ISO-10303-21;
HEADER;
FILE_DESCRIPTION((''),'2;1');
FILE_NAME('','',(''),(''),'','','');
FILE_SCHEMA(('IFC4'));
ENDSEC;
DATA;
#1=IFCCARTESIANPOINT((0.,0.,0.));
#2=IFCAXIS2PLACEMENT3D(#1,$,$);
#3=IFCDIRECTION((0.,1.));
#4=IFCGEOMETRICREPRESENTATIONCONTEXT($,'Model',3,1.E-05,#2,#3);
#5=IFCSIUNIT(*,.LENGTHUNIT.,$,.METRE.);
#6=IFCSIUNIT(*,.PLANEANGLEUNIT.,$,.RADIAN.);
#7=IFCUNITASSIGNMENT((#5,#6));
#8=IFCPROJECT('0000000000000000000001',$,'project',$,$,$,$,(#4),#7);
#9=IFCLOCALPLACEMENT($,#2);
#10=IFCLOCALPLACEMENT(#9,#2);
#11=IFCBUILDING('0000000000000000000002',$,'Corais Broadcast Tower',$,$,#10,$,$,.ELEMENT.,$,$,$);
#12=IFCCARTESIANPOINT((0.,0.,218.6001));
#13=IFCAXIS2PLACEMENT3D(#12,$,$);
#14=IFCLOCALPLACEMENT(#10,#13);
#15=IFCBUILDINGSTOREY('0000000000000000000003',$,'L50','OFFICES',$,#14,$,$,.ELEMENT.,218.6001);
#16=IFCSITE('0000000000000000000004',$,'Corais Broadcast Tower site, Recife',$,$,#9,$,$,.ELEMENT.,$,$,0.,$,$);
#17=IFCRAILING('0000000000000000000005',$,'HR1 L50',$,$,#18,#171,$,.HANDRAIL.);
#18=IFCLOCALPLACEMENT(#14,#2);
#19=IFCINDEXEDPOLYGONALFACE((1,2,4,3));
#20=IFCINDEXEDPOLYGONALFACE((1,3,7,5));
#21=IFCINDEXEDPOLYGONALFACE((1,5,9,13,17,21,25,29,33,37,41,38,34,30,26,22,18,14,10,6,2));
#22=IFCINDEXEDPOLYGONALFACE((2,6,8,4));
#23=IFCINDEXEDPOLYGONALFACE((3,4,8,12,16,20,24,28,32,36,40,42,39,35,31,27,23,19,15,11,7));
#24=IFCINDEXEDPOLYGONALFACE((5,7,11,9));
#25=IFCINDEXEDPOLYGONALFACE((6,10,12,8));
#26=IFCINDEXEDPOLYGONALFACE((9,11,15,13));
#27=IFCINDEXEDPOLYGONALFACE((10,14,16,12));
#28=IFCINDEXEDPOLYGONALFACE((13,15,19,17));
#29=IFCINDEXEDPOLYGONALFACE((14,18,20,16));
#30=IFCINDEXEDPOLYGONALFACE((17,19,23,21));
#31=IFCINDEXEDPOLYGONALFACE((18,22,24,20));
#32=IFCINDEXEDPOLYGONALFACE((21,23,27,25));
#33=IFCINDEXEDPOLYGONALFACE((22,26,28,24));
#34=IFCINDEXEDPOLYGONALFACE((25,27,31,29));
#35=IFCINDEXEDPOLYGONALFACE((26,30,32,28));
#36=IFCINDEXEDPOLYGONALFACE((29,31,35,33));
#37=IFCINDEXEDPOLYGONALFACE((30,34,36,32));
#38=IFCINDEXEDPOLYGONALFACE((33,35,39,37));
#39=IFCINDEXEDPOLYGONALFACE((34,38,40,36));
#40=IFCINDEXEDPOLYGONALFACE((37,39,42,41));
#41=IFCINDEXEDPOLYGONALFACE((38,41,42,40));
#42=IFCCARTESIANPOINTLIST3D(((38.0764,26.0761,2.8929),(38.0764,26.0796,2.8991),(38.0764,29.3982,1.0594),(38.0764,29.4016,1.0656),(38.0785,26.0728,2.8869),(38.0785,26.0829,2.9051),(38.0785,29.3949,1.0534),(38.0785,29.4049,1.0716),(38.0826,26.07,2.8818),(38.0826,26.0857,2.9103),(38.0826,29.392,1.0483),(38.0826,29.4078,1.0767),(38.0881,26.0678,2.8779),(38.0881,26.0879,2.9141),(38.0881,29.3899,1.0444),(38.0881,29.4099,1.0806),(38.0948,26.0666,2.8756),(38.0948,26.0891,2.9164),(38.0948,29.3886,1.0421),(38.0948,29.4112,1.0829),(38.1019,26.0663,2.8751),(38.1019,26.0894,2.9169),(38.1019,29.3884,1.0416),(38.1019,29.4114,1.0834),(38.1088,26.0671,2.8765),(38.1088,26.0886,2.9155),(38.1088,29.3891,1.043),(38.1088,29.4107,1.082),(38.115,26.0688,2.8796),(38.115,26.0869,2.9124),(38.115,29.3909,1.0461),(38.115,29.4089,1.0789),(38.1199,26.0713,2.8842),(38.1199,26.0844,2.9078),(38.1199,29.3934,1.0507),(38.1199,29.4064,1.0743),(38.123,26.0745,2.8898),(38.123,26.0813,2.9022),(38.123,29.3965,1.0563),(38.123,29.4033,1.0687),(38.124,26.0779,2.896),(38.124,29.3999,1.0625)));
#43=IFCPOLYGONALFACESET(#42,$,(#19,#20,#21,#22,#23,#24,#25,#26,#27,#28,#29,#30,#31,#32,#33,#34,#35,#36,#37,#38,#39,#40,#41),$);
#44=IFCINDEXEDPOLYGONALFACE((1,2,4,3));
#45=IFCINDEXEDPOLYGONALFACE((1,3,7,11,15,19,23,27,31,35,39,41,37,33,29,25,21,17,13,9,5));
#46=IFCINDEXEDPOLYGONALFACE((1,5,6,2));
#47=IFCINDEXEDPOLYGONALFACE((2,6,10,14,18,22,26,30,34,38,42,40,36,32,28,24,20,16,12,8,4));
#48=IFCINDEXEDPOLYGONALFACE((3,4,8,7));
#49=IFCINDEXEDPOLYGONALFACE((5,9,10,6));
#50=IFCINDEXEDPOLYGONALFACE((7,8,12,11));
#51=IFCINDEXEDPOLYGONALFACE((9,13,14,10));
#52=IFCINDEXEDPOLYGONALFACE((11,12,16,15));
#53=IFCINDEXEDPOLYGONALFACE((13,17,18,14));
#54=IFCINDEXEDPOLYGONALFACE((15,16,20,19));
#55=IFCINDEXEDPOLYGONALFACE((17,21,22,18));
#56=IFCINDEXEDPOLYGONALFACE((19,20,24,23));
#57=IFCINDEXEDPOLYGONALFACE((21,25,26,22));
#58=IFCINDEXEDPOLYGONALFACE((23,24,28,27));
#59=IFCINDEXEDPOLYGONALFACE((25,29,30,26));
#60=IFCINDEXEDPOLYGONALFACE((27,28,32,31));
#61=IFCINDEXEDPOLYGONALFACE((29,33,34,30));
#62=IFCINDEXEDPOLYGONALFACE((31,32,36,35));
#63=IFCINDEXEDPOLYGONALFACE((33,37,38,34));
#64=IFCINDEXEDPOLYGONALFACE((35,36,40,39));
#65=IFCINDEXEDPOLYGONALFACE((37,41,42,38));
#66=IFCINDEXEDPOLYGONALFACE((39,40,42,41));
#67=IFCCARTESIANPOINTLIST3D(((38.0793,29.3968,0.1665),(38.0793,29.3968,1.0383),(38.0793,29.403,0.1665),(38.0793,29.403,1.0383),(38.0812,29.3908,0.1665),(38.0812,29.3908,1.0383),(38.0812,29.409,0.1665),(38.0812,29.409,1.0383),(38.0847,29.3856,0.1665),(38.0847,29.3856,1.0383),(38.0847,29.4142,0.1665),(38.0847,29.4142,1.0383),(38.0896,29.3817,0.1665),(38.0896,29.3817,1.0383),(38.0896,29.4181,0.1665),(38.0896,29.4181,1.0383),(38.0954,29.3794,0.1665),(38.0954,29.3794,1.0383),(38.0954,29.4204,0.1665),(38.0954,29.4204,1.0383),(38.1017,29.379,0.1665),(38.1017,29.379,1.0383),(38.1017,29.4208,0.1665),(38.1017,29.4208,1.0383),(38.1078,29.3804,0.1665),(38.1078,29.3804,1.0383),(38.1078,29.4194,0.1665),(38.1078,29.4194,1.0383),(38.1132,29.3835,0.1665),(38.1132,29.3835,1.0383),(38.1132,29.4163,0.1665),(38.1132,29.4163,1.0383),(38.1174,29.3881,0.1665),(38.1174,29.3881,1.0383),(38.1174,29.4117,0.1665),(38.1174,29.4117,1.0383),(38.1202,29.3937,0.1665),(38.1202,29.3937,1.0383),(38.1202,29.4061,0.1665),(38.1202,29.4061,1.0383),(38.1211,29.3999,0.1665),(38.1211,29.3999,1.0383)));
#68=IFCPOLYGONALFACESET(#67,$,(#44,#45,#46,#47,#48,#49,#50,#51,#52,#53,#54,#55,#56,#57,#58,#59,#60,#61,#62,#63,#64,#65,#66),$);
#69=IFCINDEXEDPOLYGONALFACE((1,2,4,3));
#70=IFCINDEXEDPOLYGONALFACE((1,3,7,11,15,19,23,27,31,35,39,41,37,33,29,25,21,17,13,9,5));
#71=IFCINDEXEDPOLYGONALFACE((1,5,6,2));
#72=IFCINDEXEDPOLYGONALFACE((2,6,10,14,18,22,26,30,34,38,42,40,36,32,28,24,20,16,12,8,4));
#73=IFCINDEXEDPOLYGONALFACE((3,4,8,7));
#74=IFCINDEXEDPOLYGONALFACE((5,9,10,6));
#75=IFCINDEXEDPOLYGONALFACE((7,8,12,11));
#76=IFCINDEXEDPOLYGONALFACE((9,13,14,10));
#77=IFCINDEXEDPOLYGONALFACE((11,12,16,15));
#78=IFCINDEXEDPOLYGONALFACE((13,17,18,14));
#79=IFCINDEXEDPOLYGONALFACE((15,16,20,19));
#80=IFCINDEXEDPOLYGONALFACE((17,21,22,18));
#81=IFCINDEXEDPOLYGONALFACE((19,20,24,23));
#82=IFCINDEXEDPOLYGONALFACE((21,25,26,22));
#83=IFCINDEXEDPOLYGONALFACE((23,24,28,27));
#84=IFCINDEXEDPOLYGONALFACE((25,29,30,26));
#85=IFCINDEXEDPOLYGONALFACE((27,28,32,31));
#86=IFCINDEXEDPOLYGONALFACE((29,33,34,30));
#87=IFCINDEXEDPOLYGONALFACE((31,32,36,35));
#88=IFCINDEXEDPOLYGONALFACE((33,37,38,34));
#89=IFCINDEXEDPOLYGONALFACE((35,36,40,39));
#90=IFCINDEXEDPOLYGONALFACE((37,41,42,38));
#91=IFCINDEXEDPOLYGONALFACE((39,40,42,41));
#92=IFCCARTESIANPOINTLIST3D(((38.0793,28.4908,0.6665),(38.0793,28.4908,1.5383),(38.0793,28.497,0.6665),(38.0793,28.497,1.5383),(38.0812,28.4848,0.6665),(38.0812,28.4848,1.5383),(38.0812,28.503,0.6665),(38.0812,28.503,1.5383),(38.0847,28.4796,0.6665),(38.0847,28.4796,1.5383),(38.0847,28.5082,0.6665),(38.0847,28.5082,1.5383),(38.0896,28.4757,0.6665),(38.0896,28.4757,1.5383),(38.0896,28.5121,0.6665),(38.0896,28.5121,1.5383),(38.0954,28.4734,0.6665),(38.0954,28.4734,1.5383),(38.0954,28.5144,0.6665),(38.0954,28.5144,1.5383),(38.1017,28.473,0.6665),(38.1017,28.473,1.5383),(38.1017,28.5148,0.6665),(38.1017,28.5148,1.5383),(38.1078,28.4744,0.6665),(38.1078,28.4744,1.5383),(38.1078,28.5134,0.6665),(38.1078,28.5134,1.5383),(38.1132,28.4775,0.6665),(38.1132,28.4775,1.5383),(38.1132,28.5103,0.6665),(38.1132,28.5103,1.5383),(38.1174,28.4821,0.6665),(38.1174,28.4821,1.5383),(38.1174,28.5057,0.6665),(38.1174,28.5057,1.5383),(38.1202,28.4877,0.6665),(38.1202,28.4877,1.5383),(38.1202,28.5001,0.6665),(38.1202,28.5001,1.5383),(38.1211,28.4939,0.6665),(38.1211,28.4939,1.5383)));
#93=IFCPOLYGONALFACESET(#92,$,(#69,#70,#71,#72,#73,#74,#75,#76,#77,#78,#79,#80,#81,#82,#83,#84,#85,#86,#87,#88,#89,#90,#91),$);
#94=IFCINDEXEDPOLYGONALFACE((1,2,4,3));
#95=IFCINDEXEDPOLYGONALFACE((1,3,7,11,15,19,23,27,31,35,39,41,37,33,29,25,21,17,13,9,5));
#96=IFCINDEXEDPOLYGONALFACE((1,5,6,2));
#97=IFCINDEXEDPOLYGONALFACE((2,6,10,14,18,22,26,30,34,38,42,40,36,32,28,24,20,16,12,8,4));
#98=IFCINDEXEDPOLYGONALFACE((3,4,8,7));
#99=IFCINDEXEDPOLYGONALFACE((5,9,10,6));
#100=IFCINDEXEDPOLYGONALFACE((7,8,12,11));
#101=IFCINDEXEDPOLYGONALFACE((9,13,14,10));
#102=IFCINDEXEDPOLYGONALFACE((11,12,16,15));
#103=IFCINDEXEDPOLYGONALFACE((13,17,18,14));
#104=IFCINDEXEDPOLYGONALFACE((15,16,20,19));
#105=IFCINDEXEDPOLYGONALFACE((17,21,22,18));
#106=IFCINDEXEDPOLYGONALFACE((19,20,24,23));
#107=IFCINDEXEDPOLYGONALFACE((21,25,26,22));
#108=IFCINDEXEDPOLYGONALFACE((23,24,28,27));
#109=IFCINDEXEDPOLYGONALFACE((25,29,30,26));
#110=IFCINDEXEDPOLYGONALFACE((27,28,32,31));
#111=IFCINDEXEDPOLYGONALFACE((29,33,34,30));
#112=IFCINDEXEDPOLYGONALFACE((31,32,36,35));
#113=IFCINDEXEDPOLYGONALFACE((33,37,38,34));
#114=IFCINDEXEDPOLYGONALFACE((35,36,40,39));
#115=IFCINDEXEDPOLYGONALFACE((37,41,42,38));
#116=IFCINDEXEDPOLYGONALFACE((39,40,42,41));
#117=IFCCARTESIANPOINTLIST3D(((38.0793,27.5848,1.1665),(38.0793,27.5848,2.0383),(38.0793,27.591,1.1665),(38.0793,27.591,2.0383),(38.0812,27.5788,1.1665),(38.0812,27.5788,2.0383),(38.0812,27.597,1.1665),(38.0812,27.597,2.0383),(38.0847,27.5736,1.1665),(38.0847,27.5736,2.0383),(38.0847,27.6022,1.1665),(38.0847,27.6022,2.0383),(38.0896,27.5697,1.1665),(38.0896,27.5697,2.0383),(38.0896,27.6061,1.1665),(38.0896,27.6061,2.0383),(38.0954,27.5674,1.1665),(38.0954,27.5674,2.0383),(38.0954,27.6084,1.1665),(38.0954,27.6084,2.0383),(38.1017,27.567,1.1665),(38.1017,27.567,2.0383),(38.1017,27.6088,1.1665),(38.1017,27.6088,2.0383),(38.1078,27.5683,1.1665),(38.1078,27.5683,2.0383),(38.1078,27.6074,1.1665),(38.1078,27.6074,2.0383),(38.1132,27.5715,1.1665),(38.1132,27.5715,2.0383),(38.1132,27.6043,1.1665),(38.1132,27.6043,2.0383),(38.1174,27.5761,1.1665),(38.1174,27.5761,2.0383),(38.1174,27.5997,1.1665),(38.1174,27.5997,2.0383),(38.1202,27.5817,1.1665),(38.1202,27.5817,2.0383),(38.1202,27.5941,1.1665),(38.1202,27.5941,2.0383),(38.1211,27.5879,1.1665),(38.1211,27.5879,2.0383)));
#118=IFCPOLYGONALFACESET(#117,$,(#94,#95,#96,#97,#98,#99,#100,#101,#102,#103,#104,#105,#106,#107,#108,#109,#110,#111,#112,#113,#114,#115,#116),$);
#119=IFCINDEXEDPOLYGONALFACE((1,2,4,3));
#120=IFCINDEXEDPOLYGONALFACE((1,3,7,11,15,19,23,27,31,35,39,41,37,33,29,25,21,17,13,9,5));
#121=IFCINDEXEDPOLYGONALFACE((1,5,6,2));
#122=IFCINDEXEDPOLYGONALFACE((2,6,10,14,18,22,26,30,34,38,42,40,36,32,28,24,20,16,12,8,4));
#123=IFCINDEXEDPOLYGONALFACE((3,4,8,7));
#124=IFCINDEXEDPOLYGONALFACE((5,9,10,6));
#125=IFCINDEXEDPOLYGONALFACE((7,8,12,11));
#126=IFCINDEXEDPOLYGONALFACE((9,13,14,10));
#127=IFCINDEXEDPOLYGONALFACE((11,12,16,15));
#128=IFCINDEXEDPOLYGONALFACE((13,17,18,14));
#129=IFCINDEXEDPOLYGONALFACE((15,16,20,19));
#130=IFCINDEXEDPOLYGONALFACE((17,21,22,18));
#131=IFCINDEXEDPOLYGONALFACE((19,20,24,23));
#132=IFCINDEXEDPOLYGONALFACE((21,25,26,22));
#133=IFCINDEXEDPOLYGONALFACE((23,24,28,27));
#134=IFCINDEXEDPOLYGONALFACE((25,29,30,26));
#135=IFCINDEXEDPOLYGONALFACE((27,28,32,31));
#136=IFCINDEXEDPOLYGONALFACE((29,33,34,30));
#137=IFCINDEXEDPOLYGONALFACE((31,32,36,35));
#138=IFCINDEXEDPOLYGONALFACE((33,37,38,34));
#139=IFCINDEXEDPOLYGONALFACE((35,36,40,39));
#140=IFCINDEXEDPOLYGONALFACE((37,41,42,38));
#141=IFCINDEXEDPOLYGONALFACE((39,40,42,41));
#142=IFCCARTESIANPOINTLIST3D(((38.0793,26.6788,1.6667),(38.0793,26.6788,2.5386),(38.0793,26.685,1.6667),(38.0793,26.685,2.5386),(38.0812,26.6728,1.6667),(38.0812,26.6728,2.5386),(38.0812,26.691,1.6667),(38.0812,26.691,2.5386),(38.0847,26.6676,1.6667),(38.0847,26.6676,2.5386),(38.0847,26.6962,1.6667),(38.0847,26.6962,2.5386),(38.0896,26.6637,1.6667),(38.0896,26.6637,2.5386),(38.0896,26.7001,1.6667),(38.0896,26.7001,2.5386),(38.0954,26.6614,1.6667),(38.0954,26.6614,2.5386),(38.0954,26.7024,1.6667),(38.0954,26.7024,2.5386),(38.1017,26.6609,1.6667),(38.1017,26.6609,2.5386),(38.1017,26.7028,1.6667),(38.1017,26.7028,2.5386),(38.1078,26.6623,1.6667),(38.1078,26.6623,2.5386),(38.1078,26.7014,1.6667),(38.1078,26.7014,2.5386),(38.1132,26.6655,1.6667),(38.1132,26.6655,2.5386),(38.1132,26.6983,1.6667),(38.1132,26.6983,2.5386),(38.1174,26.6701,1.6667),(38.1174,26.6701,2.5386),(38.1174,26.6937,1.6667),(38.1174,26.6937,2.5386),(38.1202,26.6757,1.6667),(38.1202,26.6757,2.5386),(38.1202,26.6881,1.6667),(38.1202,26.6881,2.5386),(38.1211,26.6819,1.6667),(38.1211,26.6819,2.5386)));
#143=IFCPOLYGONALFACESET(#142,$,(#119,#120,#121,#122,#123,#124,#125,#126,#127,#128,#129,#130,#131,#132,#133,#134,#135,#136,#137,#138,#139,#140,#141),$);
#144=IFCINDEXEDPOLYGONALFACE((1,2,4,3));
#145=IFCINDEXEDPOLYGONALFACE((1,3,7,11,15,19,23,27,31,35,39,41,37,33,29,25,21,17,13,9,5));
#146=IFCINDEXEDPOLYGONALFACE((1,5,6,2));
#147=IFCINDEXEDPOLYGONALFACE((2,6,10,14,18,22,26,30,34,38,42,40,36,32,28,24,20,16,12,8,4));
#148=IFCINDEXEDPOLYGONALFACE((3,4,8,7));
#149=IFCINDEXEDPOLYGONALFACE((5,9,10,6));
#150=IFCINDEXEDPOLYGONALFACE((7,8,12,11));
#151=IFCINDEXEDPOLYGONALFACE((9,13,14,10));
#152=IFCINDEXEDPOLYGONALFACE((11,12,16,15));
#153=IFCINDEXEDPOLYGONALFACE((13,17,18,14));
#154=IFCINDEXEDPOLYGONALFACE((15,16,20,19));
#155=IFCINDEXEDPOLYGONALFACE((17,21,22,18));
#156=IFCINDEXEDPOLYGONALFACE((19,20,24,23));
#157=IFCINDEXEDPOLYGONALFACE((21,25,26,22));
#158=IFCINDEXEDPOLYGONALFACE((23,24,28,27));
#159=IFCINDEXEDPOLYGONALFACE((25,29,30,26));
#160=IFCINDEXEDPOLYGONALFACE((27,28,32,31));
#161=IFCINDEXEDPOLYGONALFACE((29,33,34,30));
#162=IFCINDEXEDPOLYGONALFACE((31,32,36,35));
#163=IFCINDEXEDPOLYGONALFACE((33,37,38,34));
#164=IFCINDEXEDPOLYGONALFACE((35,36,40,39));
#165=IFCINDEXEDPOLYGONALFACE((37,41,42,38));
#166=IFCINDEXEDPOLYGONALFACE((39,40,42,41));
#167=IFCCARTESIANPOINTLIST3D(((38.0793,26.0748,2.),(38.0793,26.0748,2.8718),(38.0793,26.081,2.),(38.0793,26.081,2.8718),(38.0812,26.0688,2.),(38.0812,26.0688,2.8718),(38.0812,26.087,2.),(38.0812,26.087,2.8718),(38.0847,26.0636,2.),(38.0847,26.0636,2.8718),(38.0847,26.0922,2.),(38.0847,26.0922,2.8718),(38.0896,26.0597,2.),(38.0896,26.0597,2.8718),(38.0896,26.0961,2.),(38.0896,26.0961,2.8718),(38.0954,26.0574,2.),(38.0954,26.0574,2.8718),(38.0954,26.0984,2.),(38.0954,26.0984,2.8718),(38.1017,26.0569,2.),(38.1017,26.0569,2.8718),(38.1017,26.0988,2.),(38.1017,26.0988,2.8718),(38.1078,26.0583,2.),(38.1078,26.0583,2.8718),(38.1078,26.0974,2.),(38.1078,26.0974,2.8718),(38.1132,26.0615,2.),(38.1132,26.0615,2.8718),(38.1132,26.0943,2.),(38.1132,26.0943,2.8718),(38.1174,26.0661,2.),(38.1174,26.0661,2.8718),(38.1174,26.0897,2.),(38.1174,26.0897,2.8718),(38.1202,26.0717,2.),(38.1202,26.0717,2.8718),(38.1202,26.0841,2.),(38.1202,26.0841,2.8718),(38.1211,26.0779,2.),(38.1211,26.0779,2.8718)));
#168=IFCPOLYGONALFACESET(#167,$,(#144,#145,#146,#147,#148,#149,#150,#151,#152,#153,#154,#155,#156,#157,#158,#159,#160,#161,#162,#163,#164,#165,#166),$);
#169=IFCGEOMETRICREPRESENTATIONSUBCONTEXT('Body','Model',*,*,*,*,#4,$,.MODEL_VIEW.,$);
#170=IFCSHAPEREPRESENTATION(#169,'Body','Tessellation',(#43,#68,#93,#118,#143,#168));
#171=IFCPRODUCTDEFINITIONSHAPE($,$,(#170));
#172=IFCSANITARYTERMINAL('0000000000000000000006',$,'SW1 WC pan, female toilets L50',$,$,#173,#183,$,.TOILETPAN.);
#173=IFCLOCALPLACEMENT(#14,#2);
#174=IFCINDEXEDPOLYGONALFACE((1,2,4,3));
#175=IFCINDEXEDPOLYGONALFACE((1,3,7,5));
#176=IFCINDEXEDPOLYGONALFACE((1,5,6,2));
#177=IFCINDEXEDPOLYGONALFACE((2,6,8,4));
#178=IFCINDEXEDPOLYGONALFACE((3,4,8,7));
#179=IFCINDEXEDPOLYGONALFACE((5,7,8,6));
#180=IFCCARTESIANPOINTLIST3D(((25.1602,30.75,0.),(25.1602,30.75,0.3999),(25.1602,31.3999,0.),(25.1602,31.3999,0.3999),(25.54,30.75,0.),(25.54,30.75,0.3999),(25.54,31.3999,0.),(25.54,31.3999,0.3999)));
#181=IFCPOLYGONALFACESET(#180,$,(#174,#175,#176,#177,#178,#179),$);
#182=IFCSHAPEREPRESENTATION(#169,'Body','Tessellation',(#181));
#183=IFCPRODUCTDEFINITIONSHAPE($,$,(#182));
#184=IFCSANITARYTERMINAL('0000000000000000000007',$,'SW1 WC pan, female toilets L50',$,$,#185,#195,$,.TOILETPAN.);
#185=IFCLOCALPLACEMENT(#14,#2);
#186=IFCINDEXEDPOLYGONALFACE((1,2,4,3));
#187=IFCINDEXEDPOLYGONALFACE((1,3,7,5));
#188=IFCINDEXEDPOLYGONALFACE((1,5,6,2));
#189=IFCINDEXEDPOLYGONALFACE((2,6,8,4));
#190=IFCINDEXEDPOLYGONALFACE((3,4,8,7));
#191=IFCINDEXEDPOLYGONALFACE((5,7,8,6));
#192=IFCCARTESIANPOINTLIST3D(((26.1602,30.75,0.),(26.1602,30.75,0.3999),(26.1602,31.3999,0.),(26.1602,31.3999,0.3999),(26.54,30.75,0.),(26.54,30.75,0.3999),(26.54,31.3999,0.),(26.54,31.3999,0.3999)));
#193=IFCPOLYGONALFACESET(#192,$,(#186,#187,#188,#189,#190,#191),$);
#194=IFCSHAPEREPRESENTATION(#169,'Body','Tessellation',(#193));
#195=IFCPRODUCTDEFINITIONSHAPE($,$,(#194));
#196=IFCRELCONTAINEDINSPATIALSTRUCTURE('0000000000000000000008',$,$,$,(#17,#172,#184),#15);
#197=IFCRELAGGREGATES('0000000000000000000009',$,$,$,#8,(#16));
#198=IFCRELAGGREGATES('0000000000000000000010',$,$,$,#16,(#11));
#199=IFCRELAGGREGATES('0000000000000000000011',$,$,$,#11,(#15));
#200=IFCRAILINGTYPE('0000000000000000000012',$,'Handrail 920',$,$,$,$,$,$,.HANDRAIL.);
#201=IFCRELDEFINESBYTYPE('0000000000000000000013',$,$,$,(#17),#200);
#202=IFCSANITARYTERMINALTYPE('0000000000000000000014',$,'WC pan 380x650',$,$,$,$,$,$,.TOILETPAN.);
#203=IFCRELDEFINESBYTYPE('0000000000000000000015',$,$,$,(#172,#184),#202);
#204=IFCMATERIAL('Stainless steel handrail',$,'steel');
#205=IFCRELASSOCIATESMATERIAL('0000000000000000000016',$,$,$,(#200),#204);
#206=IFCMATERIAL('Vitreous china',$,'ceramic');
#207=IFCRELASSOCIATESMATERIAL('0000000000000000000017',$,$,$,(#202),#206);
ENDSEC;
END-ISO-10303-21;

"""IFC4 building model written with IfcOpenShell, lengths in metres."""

from ifc_helpers import new_model, si_unit, direction, frame, origin, origin_2d, place, context, subcontext, project, spatial, rectangle, circle, extrude, material, type_object, element, save


model = new_model("IFC4")

# Units and contexts
model_context = context("Model", 3, precision=1e-05, world=origin(), true_north=direction((0.0, 1.0)))
body_context = subcontext(model_context, "Body", "Model", "MODEL_VIEW")
ifc_project = project(units=[si_unit("LENGTHUNIT", "METRE"), si_unit("PLANEANGLEUNIT", "RADIAN")], contexts=[model_context])

# Site, building, storey
site_placement = place(None, origin())
site = spatial("IfcSite", under=ifc_project, at=site_placement, Name="Corais Broadcast Tower site, Recife", CompositionType="ELEMENT", RefElevation=0.0)
building_placement = place(site_placement, origin())
building = spatial("IfcBuilding", under=site, at=building_placement, Name="Corais Broadcast Tower", CompositionType="ELEMENT")
storey_placement = place(building_placement, frame((0.0, 0.0, 218.6001)))
storey = spatial("IfcBuildingStorey", under=building, at=storey_placement, Name="L50", Description="OFFICES", CompositionType="ELEMENT", Elevation=218.6001)

# Railing
ifc_material_1 = material(Name="Stainless steel handrail", Category="steel")
railing_type = type_object("IfcRailingType", Name="Handrail 920", PredefinedType="HANDRAIL", material=ifc_material_1)
for number, where, name in (
    (1, (38.1001, 29.3999, 0.1665), "HR1 L50"),
):
    element("IfcRailing", number, at=place(storey_placement, frame(where)), inside=storey, type_object=railing_type, Name=name, PredefinedType="HANDRAIL", context=body_context, shape_type="SweptSolid", body=[
        extrude(circle(Radius=0.0239, at=origin_2d()), frame((0.0, 0.0, 0.896), z_axis=(0.0, -0.875504, 0.48321), x_axis=(1.0, 0.0, 0.0)), (0.0, 0.0, 1.0), 3.7944),
        extrude(circle(Radius=0.021, at=origin_2d()), origin(), (0.0, 0.0, 1.0), 0.8718),
        extrude(circle(Radius=0.021, at=origin_2d()), frame((0.0, -0.906, 0.5)), (0.0, 0.0, 1.0), 0.8718),
        extrude(circle(Radius=0.021, at=origin_2d()), frame((0.0, -1.812, 1.0)), (0.0, 0.0, 1.0), 0.8718),
        extrude(circle(Radius=0.021, at=origin_2d()), frame((0.0, -2.718, 1.5002)), (0.0, 0.0, 1.0), 0.8718),
        extrude(circle(Radius=0.021, at=origin_2d()), frame((0.0, -3.322, 1.8335)), (0.0, 0.0, 1.0), 0.8718),
    ])

# Sanitary terminals
ifc_material_2 = material(Name="Vitreous china", Category="ceramic")
sanitary_terminal_type = type_object("IfcSanitaryTerminalType", Name="WC pan 380x650", PredefinedType="TOILETPAN", material=ifc_material_2)
for number, where, z_axis, x_axis, name in (
    (2, (25.3501, 31.075, 0.0), (0.0, 0.0, 1.0), (1.0, 0.0, 0.0), "SW1 WC pan, female toilets L50"),
    (3, (26.3501, 31.075, 0.0), (0.0, 0.0, 1.0), (1.0, 0.0, 0.0), "SW1 WC pan, female toilets L50"),
):
    element("IfcSanitaryTerminal", number, at=place(storey_placement, frame(where, z_axis=z_axis, x_axis=x_axis)), inside=storey, type_object=sanitary_terminal_type, Name=name, PredefinedType="TOILETPAN", context=body_context, shape_type="SweptSolid", body=[
        extrude(rectangle(XDim=0.3799, YDim=0.6499, at=origin_2d()), origin(), (0.0, 0.0, 1.0), 0.3999),
    ])

save(model, "model.ifc")
